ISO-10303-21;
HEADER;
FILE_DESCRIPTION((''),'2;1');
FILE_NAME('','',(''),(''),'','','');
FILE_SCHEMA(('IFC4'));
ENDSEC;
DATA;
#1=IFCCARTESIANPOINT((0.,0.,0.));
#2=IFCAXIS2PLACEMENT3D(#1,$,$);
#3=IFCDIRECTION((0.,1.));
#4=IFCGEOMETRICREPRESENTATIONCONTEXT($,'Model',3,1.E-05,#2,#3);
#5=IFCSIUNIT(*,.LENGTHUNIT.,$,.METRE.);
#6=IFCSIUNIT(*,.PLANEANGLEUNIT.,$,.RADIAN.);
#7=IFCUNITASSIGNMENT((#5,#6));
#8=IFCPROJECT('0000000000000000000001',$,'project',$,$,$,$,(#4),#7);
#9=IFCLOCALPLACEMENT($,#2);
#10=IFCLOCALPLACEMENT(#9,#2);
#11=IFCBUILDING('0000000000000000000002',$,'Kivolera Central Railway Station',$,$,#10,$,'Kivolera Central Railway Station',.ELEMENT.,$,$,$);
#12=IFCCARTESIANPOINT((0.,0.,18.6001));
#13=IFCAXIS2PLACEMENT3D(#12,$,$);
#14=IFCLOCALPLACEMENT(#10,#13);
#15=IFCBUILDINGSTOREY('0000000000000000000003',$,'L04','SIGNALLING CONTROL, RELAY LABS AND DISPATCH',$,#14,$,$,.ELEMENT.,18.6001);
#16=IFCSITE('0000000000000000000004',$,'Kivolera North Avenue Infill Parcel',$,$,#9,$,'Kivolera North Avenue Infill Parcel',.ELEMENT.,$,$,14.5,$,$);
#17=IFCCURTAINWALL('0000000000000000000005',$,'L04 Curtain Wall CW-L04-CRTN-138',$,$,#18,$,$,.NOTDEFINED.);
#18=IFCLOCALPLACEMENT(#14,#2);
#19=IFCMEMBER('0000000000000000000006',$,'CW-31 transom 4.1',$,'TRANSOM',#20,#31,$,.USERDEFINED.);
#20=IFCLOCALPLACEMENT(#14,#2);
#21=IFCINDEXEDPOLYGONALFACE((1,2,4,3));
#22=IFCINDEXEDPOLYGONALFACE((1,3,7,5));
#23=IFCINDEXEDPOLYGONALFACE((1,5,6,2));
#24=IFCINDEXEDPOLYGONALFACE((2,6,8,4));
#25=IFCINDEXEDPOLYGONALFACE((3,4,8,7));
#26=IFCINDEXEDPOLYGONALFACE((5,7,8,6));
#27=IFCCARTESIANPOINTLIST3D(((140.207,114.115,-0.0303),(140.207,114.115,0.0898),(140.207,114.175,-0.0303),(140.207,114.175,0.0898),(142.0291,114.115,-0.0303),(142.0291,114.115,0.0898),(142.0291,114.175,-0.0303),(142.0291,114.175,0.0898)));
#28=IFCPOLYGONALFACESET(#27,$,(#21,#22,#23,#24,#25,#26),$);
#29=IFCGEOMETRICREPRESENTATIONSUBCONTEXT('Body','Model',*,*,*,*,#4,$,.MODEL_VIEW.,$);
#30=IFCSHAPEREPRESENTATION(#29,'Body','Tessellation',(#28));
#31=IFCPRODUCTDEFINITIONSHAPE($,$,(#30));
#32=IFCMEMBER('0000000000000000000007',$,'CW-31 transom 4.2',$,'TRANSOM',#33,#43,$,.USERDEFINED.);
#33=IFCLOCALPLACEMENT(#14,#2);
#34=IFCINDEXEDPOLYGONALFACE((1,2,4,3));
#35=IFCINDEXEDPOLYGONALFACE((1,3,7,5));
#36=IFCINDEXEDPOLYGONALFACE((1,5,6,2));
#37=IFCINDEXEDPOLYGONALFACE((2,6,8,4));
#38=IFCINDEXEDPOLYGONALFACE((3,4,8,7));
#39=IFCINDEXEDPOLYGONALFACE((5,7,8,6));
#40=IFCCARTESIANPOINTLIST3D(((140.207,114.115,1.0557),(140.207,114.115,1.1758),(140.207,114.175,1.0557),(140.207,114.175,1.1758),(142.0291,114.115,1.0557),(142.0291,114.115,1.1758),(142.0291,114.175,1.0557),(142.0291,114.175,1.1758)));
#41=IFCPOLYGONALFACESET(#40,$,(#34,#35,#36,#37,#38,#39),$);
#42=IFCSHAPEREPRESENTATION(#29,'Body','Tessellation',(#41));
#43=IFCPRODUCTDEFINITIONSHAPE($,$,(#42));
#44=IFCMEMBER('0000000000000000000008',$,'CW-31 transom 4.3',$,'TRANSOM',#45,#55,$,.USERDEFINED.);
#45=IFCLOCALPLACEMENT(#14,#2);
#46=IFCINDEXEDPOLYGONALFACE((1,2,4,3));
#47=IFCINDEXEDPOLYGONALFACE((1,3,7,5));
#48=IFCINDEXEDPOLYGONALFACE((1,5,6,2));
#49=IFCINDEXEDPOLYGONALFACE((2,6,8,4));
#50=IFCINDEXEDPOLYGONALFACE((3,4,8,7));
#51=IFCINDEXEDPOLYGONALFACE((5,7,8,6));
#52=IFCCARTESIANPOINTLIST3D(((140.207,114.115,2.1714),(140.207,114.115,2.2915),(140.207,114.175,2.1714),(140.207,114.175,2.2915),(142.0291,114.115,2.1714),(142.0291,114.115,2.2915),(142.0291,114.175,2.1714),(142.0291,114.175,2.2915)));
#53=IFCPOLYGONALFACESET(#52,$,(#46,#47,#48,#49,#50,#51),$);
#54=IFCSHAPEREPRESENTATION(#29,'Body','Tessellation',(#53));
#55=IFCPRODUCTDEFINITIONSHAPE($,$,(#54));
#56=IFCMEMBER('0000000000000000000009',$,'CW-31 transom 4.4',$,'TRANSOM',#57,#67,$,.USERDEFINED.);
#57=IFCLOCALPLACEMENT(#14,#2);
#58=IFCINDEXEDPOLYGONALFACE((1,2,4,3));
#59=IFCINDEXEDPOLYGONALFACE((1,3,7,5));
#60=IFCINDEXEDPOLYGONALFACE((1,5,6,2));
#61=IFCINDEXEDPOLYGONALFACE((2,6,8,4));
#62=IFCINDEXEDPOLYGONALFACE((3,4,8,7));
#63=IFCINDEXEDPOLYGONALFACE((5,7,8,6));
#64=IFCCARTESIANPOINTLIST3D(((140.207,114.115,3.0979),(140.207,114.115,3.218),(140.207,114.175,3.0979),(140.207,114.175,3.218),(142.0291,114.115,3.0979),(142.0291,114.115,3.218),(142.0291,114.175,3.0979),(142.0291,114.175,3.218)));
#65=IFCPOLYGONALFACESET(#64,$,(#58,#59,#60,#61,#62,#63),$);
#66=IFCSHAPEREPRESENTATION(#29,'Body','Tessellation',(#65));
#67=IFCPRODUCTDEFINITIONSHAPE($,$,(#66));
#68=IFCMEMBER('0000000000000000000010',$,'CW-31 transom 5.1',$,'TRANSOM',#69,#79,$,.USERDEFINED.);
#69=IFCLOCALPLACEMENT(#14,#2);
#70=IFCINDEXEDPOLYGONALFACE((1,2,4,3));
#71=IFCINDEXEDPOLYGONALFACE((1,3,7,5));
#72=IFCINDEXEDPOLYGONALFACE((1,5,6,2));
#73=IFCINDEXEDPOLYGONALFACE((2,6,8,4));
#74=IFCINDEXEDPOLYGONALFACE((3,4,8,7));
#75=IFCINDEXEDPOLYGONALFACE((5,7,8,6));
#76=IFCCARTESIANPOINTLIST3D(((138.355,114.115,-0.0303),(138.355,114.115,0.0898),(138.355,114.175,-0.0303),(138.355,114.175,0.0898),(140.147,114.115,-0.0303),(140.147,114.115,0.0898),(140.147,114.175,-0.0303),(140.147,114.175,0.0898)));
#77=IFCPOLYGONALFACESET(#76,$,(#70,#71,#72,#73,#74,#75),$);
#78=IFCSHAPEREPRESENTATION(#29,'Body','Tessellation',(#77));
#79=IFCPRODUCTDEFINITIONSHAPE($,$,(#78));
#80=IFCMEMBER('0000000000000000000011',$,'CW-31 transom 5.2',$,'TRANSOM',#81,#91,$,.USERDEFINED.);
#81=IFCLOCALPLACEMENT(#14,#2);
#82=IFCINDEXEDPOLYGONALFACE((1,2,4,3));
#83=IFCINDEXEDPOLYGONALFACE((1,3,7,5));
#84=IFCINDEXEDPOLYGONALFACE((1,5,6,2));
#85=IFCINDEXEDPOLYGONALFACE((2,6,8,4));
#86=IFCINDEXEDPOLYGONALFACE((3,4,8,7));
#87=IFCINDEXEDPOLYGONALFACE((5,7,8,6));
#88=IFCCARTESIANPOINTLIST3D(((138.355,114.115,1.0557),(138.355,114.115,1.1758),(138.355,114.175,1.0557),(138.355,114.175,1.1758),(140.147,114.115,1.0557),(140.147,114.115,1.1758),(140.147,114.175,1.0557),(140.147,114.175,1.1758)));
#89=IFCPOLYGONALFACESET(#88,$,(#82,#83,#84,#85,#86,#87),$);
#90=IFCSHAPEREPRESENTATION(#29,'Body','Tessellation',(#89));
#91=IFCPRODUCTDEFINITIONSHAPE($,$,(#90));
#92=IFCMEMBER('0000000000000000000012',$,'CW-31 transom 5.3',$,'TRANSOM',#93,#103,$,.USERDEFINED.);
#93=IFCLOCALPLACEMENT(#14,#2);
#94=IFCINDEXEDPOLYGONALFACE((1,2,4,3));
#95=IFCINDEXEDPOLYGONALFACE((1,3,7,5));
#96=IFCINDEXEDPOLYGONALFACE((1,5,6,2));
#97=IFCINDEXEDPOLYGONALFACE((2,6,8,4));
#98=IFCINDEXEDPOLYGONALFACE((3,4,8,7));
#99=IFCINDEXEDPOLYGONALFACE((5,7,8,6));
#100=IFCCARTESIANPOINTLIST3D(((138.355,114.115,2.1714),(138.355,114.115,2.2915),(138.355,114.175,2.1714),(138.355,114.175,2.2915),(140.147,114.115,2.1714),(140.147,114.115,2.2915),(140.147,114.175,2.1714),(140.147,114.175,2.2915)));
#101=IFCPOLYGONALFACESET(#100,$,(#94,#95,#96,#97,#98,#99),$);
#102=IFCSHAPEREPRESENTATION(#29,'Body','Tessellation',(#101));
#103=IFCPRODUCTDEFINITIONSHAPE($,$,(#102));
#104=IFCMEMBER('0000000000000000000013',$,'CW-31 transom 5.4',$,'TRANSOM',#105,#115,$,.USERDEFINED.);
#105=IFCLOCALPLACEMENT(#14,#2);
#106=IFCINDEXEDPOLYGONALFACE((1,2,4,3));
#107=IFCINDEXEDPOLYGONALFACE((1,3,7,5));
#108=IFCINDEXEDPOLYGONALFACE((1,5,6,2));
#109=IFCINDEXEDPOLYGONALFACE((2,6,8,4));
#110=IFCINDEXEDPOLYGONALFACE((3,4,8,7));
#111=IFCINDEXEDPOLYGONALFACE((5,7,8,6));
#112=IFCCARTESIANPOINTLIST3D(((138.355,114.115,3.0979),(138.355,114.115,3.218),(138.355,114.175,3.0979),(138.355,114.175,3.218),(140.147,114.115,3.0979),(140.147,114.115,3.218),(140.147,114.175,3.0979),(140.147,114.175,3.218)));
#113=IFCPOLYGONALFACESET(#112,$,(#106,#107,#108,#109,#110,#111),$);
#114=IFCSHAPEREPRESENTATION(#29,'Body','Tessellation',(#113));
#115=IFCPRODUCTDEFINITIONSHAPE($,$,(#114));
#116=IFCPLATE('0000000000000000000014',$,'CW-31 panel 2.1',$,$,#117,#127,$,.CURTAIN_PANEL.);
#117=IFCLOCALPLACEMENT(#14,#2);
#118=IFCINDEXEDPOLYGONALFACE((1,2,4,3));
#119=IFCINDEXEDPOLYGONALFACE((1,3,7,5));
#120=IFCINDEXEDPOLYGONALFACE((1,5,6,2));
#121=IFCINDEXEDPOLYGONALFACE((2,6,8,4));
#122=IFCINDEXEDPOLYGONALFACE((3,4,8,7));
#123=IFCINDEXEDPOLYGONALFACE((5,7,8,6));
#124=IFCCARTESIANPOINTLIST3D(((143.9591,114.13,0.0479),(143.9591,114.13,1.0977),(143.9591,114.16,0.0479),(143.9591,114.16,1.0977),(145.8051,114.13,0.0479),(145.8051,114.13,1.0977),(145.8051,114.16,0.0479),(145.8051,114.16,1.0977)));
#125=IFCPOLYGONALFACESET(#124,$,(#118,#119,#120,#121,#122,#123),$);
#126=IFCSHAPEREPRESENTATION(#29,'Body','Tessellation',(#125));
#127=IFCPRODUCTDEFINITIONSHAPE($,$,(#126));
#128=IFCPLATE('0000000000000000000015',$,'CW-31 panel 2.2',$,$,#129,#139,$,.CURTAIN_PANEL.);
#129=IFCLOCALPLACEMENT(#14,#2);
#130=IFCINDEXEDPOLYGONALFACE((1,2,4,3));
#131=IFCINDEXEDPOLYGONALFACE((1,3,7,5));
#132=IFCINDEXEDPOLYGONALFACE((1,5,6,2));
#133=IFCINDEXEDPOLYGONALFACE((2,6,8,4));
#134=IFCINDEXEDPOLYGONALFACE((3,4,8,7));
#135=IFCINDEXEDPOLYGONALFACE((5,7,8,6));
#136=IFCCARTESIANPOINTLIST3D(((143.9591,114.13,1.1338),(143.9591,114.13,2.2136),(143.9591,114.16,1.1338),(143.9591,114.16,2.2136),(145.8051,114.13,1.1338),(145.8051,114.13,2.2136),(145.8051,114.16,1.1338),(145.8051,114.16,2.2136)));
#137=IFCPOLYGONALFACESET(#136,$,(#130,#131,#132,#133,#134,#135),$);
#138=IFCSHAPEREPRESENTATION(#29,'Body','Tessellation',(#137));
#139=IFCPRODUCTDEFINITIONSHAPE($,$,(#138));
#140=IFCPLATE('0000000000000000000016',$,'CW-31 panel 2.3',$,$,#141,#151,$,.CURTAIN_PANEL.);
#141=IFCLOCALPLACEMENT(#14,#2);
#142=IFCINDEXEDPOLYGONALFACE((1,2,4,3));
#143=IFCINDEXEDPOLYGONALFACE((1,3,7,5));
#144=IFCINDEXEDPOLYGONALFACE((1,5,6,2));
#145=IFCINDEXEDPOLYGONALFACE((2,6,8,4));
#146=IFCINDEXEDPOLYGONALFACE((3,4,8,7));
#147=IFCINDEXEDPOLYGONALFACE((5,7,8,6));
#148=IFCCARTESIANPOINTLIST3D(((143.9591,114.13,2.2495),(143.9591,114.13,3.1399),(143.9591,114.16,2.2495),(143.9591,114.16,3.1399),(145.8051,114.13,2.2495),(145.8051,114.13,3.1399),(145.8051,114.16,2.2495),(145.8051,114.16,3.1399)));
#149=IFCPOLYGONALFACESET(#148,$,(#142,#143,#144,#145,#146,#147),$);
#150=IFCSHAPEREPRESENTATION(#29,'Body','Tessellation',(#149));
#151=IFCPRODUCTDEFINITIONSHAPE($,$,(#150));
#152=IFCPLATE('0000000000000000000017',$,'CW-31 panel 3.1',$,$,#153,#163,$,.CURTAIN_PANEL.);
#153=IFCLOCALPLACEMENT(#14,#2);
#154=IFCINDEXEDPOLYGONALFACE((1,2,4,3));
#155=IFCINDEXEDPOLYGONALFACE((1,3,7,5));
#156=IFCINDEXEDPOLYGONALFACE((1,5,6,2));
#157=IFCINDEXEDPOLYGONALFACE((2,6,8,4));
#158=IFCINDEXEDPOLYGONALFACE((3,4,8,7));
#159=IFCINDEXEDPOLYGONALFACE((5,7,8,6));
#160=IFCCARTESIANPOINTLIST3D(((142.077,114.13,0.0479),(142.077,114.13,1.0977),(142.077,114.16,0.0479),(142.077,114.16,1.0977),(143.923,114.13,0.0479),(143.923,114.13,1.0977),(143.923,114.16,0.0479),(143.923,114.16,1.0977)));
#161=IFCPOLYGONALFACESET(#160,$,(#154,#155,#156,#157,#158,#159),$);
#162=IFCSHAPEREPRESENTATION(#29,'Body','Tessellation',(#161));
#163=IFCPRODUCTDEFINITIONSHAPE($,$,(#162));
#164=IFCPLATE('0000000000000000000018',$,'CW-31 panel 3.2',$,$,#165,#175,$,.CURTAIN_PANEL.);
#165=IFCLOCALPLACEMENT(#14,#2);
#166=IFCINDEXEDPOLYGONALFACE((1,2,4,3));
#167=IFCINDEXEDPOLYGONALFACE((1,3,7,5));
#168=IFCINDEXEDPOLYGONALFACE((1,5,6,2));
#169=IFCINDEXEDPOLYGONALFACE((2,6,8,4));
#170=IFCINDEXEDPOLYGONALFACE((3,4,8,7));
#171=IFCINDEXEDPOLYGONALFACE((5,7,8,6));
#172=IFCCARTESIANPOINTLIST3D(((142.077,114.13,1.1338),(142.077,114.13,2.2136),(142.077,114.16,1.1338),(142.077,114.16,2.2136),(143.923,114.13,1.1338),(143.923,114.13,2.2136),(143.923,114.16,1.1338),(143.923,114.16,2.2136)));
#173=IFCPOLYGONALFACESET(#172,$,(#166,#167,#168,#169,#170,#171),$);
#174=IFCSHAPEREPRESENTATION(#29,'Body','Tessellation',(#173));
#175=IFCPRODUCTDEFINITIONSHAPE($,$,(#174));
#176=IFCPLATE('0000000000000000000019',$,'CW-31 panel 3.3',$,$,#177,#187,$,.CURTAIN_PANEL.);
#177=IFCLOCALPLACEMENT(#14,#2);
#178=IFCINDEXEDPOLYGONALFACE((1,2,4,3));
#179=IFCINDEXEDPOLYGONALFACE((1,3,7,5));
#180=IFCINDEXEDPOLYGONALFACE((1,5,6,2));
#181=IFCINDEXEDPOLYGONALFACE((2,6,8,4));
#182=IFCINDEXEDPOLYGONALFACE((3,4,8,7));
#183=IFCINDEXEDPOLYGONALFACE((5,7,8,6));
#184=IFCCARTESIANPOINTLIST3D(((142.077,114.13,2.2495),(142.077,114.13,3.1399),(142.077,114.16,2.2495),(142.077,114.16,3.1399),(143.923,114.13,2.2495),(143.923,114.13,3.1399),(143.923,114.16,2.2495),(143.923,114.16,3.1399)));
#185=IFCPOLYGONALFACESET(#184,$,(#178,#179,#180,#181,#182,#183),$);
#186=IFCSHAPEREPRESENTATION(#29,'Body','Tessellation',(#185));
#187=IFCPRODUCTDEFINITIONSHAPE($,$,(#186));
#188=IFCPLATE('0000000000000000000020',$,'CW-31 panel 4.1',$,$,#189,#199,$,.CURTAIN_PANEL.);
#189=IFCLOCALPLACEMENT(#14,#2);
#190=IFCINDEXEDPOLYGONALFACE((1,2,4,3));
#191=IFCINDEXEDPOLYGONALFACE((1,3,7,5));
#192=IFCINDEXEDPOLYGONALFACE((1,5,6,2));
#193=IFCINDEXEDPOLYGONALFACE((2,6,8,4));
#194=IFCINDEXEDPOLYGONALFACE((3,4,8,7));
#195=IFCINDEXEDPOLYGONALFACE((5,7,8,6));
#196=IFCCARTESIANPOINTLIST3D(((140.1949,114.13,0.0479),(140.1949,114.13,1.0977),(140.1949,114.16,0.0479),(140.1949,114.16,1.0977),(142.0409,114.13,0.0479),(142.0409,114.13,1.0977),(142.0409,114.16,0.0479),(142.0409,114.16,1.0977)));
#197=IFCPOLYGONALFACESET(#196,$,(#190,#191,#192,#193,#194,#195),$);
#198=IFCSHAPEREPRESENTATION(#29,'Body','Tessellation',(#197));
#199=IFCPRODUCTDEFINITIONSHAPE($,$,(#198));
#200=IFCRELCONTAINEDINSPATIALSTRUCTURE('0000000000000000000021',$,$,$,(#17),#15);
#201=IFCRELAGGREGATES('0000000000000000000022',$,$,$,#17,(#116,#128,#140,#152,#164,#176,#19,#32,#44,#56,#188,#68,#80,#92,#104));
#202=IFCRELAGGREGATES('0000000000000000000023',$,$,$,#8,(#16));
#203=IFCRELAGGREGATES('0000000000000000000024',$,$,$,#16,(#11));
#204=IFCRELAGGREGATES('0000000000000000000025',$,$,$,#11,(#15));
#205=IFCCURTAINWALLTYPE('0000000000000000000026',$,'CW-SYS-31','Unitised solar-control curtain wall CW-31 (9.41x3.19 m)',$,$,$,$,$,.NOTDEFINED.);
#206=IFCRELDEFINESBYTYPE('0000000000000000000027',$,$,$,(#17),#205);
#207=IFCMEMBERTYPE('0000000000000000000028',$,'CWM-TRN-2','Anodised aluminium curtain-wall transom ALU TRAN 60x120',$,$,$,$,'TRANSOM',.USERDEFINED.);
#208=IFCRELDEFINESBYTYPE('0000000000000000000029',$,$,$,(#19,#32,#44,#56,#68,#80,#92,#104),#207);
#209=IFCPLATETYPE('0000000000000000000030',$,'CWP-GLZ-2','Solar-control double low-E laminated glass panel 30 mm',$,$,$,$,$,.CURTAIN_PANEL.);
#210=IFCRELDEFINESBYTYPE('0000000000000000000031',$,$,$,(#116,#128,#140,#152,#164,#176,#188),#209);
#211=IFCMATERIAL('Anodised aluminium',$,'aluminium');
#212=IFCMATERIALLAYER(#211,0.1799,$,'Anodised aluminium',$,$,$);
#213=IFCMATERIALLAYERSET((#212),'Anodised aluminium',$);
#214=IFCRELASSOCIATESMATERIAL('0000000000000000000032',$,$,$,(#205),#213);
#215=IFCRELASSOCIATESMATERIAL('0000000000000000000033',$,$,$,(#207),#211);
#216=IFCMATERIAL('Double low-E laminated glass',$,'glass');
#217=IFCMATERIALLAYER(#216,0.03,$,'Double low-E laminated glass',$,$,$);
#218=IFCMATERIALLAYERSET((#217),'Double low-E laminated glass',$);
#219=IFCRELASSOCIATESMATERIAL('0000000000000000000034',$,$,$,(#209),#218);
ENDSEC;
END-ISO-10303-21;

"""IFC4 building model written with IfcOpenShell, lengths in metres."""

from ifc_helpers import new_model, si_unit, direction, frame, origin, origin_2d, place, context, subcontext, project, spatial, rectangle, extrude, material, layer, layer_set, material_profile, profile_set, type_object, element, aggregate, save


model = new_model("IFC4")

# Units and contexts
model_context = context("Model", 3, precision=1e-05, world=origin(), true_north=direction((0.0, 1.0)))
body_context = subcontext(model_context, "Body", "Model", "MODEL_VIEW")
ifc_project = project(units=[si_unit("LENGTHUNIT", "METRE"), si_unit("PLANEANGLEUNIT", "RADIAN")], contexts=[model_context])

# Site, building, storey
site_placement = place(None, origin())
site = spatial("IfcSite", under=ifc_project, at=site_placement, Name="Kivolera North Avenue Infill Parcel", LongName="Kivolera North Avenue Infill Parcel", CompositionType="ELEMENT", RefElevation=14.5)
building_placement = place(site_placement, origin())
building = spatial("IfcBuilding", under=site, at=building_placement, Name="Kivolera Central Railway Station", LongName="Kivolera Central Railway Station", CompositionType="ELEMENT")
storey_placement = place(building_placement, frame((0.0, 0.0, 18.6001)))
storey = spatial("IfcBuildingStorey", under=building, at=storey_placement, Name="L04", Description="SIGNALLING CONTROL, RELAY LABS AND DISPATCH", CompositionType="ELEMENT", Elevation=18.6001)

# Curtain wall, members, plates
ifc_material_1 = material(Name="Anodised aluminium", Category="aluminium")
ifc_layer_1 = layer(ifc_material_1, 0.1799, Name="Anodised aluminium")
ifc_layer_set_1 = layer_set([ifc_layer_1], Name="Anodised aluminium")
curtain_wall_type = type_object("IfcCurtainWallType", Name="CW-SYS-31", Description="Unitised solar-control curtain wall CW-31 (9.41x3.19 m)", PredefinedType="NOTDEFINED", material=ifc_layer_set_1)
curtain_wall_placement = place(storey_placement, origin())
curtain_wall = element("IfcCurtainWall", 1, at=curtain_wall_placement, inside=storey, type_object=curtain_wall_type, Name="L04 Curtain Wall CW-L04-CRTN-138", PredefinedType="NOTDEFINED")
ifc_material_profile_1 = material_profile(ifc_material_1, rectangle(XDim=0.0601, YDim=0.1201, at=origin_2d()), Name="ALU TRAN 60x120")
ifc_profile_set_1 = profile_set([ifc_material_profile_1], Name="Anodised aluminium")
member_type_1 = type_object("IfcMemberType", Name="CWM-TRN-2", Description="Anodised aluminium curtain-wall transom ALU TRAN 60x120", ElementType="TRANSOM", PredefinedType="USERDEFINED", material=ifc_profile_set_1)
member_1_placement = place(storey_placement, frame((142.0291, 114.145, 0.0298), z_axis=(-1.0, 0.0, 0.0), x_axis=(0.0, -1.0, 0.0)))
member_1 = element("IfcMember", 2, at=member_1_placement, type_object=member_type_1, Name="CW-31 transom 4.1", ObjectType="TRANSOM", PredefinedType="USERDEFINED", context=body_context, shape_type="SweptSolid", body=[
    extrude(rectangle(XDim=0.0601, YDim=0.1201, at=origin_2d()), origin(), (0.0, 0.0, 1.0), 1.822),
])
member_2_placement = place(storey_placement, frame((142.0291, 114.145, 1.1157), z_axis=(-1.0, 0.0, 0.0), x_axis=(0.0, -1.0, 0.0)))
member_2 = element("IfcMember", 3, at=member_2_placement, type_object=member_type_1, Name="CW-31 transom 4.2", ObjectType="TRANSOM", PredefinedType="USERDEFINED", context=body_context, shape_type="SweptSolid", body=[
    extrude(rectangle(XDim=0.0601, YDim=0.1201, at=origin_2d()), origin(), (0.0, 0.0, 1.0), 1.822),
])
member_3_placement = place(storey_placement, frame((142.0291, 114.145, 2.2314), z_axis=(-1.0, 0.0, 0.0), x_axis=(0.0, -1.0, 0.0)))
member_3 = element("IfcMember", 4, at=member_3_placement, type_object=member_type_1, Name="CW-31 transom 4.3", ObjectType="TRANSOM", PredefinedType="USERDEFINED", context=body_context, shape_type="SweptSolid", body=[
    extrude(rectangle(XDim=0.0601, YDim=0.1201, at=origin_2d()), origin(), (0.0, 0.0, 1.0), 1.822),
])
member_4_placement = place(storey_placement, frame((142.0291, 114.145, 3.158), z_axis=(-1.0, 0.0, 0.0), x_axis=(0.0, -1.0, 0.0)))
member_4 = element("IfcMember", 5, at=member_4_placement, type_object=member_type_1, Name="CW-31 transom 4.4", ObjectType="TRANSOM", PredefinedType="USERDEFINED", context=body_context, shape_type="SweptSolid", body=[
    extrude(rectangle(XDim=0.0601, YDim=0.1201, at=origin_2d()), origin(), (0.0, 0.0, 1.0), 1.822),
])
member_5_placement = place(storey_placement, frame((140.147, 114.145, 0.0298), z_axis=(-1.0, 0.0, 0.0), x_axis=(0.0, -1.0, 0.0)))
member_5 = element("IfcMember", 6, at=member_5_placement, type_object=member_type_1, Name="CW-31 transom 5.1", ObjectType="TRANSOM", PredefinedType="USERDEFINED", context=body_context, shape_type="SweptSolid", body=[
    extrude(rectangle(XDim=0.0601, YDim=0.1201, at=origin_2d()), origin(), (0.0, 0.0, 1.0), 1.792),
])
member_6_placement = place(storey_placement, frame((140.147, 114.145, 1.1157), z_axis=(-1.0, 0.0, 0.0), x_axis=(0.0, -1.0, 0.0)))
member_6 = element("IfcMember", 7, at=member_6_placement, type_object=member_type_1, Name="CW-31 transom 5.2", ObjectType="TRANSOM", PredefinedType="USERDEFINED", context=body_context, shape_type="SweptSolid", body=[
    extrude(rectangle(XDim=0.0601, YDim=0.1201, at=origin_2d()), origin(), (0.0, 0.0, 1.0), 1.792),
])
member_7_placement = place(storey_placement, frame((140.147, 114.145, 2.2314), z_axis=(-1.0, 0.0, 0.0), x_axis=(0.0, -1.0, 0.0)))
member_7 = element("IfcMember", 8, at=member_7_placement, type_object=member_type_1, Name="CW-31 transom 5.3", ObjectType="TRANSOM", PredefinedType="USERDEFINED", context=body_context, shape_type="SweptSolid", body=[
    extrude(rectangle(XDim=0.0601, YDim=0.1201, at=origin_2d()), origin(), (0.0, 0.0, 1.0), 1.792),
])
member_8_placement = place(storey_placement, frame((140.147, 114.145, 3.158), z_axis=(-1.0, 0.0, 0.0), x_axis=(0.0, -1.0, 0.0)))
member_8 = element("IfcMember", 9, at=member_8_placement, type_object=member_type_1, Name="CW-31 transom 5.4", ObjectType="TRANSOM", PredefinedType="USERDEFINED", context=body_context, shape_type="SweptSolid", body=[
    extrude(rectangle(XDim=0.0601, YDim=0.1201, at=origin_2d()), origin(), (0.0, 0.0, 1.0), 1.792),
])
ifc_material_2 = material(Name="Double low-E laminated glass", Category="glass")
ifc_layer_2 = layer(ifc_material_2, 0.03, Name="Double low-E laminated glass")
ifc_layer_set_2 = layer_set([ifc_layer_2], Name="Double low-E laminated glass")
plate_type = type_object("IfcPlateType", Name="CWP-GLZ-2", Description="Solar-control double low-E laminated glass panel 30 mm", PredefinedType="CURTAIN_PANEL", material=ifc_layer_set_2)
plate_1_placement = place(storey_placement, frame((144.8821, 114.145, 0.0479), z_axis=(0.0, 0.0, 1.0), x_axis=(-1.0, 0.0, 0.0)))
plate_1 = element("IfcPlate", 10, at=plate_1_placement, type_object=plate_type, Name="CW-31 panel 2.1", PredefinedType="CURTAIN_PANEL", context=body_context, shape_type="SweptSolid", body=[
    extrude(rectangle(XDim=1.8459, YDim=0.03, at=origin_2d()), origin(), (0.0, 0.0, 1.0), 1.0498),
])
plate_2_placement = place(storey_placement, frame((144.8821, 114.145, 1.1338), z_axis=(0.0, 0.0, 1.0), x_axis=(-1.0, 0.0, 0.0)))
plate_2 = element("IfcPlate", 11, at=plate_2_placement, type_object=plate_type, Name="CW-31 panel 2.2", PredefinedType="CURTAIN_PANEL", context=body_context, shape_type="SweptSolid", body=[
    extrude(rectangle(XDim=1.8459, YDim=0.03, at=origin_2d()), origin(), (0.0, 0.0, 1.0), 1.0798),
])
plate_3_placement = place(storey_placement, frame((144.8821, 114.145, 2.2495), z_axis=(0.0, 0.0, 1.0), x_axis=(-1.0, 0.0, 0.0)))
plate_3 = element("IfcPlate", 12, at=plate_3_placement, type_object=plate_type, Name="CW-31 panel 2.3", PredefinedType="CURTAIN_PANEL", context=body_context, shape_type="SweptSolid", body=[
    extrude(rectangle(XDim=1.8459, YDim=0.03, at=origin_2d()), origin(), (0.0, 0.0, 1.0), 0.8904),
])
plate_4_placement = place(storey_placement, frame((143.0, 114.145, 0.0479), z_axis=(0.0, 0.0, 1.0), x_axis=(-1.0, 0.0, 0.0)))
plate_4 = element("IfcPlate", 13, at=plate_4_placement, type_object=plate_type, Name="CW-31 panel 3.1", PredefinedType="CURTAIN_PANEL", context=body_context, shape_type="SweptSolid", body=[
    extrude(rectangle(XDim=1.8459, YDim=0.03, at=origin_2d()), origin(), (0.0, 0.0, 1.0), 1.0498),
])
plate_5_placement = place(storey_placement, frame((143.0, 114.145, 1.1338), z_axis=(0.0, 0.0, 1.0), x_axis=(-1.0, 0.0, 0.0)))
plate_5 = element("IfcPlate", 14, at=plate_5_placement, type_object=plate_type, Name="CW-31 panel 3.2", PredefinedType="CURTAIN_PANEL", context=body_context, shape_type="SweptSolid", body=[
    extrude(rectangle(XDim=1.8459, YDim=0.03, at=origin_2d()), origin(), (0.0, 0.0, 1.0), 1.0798),
])
plate_6_placement = place(storey_placement, frame((143.0, 114.145, 2.2495), z_axis=(0.0, 0.0, 1.0), x_axis=(-1.0, 0.0, 0.0)))
plate_6 = element("IfcPlate", 15, at=plate_6_placement, type_object=plate_type, Name="CW-31 panel 3.3", PredefinedType="CURTAIN_PANEL", context=body_context, shape_type="SweptSolid", body=[
    extrude(rectangle(XDim=1.8459, YDim=0.03, at=origin_2d()), origin(), (0.0, 0.0, 1.0), 0.8904),
])
plate_7_placement = place(storey_placement, frame((141.1179, 114.145, 0.0479), z_axis=(0.0, 0.0, 1.0), x_axis=(-1.0, 0.0, 0.0)))
plate_7 = element("IfcPlate", 16, at=plate_7_placement, type_object=plate_type, Name="CW-31 panel 4.1", PredefinedType="CURTAIN_PANEL", context=body_context, shape_type="SweptSolid", body=[
    extrude(rectangle(XDim=1.8459, YDim=0.03, at=origin_2d()), origin(), (0.0, 0.0, 1.0), 1.0498),
])
aggregate(curtain_wall, [plate_1, plate_2, plate_3, plate_4, plate_5, plate_6, member_1, member_2, member_3, member_4, plate_7, member_5, member_6, member_7, member_8])

save(model, "model.ifc")
